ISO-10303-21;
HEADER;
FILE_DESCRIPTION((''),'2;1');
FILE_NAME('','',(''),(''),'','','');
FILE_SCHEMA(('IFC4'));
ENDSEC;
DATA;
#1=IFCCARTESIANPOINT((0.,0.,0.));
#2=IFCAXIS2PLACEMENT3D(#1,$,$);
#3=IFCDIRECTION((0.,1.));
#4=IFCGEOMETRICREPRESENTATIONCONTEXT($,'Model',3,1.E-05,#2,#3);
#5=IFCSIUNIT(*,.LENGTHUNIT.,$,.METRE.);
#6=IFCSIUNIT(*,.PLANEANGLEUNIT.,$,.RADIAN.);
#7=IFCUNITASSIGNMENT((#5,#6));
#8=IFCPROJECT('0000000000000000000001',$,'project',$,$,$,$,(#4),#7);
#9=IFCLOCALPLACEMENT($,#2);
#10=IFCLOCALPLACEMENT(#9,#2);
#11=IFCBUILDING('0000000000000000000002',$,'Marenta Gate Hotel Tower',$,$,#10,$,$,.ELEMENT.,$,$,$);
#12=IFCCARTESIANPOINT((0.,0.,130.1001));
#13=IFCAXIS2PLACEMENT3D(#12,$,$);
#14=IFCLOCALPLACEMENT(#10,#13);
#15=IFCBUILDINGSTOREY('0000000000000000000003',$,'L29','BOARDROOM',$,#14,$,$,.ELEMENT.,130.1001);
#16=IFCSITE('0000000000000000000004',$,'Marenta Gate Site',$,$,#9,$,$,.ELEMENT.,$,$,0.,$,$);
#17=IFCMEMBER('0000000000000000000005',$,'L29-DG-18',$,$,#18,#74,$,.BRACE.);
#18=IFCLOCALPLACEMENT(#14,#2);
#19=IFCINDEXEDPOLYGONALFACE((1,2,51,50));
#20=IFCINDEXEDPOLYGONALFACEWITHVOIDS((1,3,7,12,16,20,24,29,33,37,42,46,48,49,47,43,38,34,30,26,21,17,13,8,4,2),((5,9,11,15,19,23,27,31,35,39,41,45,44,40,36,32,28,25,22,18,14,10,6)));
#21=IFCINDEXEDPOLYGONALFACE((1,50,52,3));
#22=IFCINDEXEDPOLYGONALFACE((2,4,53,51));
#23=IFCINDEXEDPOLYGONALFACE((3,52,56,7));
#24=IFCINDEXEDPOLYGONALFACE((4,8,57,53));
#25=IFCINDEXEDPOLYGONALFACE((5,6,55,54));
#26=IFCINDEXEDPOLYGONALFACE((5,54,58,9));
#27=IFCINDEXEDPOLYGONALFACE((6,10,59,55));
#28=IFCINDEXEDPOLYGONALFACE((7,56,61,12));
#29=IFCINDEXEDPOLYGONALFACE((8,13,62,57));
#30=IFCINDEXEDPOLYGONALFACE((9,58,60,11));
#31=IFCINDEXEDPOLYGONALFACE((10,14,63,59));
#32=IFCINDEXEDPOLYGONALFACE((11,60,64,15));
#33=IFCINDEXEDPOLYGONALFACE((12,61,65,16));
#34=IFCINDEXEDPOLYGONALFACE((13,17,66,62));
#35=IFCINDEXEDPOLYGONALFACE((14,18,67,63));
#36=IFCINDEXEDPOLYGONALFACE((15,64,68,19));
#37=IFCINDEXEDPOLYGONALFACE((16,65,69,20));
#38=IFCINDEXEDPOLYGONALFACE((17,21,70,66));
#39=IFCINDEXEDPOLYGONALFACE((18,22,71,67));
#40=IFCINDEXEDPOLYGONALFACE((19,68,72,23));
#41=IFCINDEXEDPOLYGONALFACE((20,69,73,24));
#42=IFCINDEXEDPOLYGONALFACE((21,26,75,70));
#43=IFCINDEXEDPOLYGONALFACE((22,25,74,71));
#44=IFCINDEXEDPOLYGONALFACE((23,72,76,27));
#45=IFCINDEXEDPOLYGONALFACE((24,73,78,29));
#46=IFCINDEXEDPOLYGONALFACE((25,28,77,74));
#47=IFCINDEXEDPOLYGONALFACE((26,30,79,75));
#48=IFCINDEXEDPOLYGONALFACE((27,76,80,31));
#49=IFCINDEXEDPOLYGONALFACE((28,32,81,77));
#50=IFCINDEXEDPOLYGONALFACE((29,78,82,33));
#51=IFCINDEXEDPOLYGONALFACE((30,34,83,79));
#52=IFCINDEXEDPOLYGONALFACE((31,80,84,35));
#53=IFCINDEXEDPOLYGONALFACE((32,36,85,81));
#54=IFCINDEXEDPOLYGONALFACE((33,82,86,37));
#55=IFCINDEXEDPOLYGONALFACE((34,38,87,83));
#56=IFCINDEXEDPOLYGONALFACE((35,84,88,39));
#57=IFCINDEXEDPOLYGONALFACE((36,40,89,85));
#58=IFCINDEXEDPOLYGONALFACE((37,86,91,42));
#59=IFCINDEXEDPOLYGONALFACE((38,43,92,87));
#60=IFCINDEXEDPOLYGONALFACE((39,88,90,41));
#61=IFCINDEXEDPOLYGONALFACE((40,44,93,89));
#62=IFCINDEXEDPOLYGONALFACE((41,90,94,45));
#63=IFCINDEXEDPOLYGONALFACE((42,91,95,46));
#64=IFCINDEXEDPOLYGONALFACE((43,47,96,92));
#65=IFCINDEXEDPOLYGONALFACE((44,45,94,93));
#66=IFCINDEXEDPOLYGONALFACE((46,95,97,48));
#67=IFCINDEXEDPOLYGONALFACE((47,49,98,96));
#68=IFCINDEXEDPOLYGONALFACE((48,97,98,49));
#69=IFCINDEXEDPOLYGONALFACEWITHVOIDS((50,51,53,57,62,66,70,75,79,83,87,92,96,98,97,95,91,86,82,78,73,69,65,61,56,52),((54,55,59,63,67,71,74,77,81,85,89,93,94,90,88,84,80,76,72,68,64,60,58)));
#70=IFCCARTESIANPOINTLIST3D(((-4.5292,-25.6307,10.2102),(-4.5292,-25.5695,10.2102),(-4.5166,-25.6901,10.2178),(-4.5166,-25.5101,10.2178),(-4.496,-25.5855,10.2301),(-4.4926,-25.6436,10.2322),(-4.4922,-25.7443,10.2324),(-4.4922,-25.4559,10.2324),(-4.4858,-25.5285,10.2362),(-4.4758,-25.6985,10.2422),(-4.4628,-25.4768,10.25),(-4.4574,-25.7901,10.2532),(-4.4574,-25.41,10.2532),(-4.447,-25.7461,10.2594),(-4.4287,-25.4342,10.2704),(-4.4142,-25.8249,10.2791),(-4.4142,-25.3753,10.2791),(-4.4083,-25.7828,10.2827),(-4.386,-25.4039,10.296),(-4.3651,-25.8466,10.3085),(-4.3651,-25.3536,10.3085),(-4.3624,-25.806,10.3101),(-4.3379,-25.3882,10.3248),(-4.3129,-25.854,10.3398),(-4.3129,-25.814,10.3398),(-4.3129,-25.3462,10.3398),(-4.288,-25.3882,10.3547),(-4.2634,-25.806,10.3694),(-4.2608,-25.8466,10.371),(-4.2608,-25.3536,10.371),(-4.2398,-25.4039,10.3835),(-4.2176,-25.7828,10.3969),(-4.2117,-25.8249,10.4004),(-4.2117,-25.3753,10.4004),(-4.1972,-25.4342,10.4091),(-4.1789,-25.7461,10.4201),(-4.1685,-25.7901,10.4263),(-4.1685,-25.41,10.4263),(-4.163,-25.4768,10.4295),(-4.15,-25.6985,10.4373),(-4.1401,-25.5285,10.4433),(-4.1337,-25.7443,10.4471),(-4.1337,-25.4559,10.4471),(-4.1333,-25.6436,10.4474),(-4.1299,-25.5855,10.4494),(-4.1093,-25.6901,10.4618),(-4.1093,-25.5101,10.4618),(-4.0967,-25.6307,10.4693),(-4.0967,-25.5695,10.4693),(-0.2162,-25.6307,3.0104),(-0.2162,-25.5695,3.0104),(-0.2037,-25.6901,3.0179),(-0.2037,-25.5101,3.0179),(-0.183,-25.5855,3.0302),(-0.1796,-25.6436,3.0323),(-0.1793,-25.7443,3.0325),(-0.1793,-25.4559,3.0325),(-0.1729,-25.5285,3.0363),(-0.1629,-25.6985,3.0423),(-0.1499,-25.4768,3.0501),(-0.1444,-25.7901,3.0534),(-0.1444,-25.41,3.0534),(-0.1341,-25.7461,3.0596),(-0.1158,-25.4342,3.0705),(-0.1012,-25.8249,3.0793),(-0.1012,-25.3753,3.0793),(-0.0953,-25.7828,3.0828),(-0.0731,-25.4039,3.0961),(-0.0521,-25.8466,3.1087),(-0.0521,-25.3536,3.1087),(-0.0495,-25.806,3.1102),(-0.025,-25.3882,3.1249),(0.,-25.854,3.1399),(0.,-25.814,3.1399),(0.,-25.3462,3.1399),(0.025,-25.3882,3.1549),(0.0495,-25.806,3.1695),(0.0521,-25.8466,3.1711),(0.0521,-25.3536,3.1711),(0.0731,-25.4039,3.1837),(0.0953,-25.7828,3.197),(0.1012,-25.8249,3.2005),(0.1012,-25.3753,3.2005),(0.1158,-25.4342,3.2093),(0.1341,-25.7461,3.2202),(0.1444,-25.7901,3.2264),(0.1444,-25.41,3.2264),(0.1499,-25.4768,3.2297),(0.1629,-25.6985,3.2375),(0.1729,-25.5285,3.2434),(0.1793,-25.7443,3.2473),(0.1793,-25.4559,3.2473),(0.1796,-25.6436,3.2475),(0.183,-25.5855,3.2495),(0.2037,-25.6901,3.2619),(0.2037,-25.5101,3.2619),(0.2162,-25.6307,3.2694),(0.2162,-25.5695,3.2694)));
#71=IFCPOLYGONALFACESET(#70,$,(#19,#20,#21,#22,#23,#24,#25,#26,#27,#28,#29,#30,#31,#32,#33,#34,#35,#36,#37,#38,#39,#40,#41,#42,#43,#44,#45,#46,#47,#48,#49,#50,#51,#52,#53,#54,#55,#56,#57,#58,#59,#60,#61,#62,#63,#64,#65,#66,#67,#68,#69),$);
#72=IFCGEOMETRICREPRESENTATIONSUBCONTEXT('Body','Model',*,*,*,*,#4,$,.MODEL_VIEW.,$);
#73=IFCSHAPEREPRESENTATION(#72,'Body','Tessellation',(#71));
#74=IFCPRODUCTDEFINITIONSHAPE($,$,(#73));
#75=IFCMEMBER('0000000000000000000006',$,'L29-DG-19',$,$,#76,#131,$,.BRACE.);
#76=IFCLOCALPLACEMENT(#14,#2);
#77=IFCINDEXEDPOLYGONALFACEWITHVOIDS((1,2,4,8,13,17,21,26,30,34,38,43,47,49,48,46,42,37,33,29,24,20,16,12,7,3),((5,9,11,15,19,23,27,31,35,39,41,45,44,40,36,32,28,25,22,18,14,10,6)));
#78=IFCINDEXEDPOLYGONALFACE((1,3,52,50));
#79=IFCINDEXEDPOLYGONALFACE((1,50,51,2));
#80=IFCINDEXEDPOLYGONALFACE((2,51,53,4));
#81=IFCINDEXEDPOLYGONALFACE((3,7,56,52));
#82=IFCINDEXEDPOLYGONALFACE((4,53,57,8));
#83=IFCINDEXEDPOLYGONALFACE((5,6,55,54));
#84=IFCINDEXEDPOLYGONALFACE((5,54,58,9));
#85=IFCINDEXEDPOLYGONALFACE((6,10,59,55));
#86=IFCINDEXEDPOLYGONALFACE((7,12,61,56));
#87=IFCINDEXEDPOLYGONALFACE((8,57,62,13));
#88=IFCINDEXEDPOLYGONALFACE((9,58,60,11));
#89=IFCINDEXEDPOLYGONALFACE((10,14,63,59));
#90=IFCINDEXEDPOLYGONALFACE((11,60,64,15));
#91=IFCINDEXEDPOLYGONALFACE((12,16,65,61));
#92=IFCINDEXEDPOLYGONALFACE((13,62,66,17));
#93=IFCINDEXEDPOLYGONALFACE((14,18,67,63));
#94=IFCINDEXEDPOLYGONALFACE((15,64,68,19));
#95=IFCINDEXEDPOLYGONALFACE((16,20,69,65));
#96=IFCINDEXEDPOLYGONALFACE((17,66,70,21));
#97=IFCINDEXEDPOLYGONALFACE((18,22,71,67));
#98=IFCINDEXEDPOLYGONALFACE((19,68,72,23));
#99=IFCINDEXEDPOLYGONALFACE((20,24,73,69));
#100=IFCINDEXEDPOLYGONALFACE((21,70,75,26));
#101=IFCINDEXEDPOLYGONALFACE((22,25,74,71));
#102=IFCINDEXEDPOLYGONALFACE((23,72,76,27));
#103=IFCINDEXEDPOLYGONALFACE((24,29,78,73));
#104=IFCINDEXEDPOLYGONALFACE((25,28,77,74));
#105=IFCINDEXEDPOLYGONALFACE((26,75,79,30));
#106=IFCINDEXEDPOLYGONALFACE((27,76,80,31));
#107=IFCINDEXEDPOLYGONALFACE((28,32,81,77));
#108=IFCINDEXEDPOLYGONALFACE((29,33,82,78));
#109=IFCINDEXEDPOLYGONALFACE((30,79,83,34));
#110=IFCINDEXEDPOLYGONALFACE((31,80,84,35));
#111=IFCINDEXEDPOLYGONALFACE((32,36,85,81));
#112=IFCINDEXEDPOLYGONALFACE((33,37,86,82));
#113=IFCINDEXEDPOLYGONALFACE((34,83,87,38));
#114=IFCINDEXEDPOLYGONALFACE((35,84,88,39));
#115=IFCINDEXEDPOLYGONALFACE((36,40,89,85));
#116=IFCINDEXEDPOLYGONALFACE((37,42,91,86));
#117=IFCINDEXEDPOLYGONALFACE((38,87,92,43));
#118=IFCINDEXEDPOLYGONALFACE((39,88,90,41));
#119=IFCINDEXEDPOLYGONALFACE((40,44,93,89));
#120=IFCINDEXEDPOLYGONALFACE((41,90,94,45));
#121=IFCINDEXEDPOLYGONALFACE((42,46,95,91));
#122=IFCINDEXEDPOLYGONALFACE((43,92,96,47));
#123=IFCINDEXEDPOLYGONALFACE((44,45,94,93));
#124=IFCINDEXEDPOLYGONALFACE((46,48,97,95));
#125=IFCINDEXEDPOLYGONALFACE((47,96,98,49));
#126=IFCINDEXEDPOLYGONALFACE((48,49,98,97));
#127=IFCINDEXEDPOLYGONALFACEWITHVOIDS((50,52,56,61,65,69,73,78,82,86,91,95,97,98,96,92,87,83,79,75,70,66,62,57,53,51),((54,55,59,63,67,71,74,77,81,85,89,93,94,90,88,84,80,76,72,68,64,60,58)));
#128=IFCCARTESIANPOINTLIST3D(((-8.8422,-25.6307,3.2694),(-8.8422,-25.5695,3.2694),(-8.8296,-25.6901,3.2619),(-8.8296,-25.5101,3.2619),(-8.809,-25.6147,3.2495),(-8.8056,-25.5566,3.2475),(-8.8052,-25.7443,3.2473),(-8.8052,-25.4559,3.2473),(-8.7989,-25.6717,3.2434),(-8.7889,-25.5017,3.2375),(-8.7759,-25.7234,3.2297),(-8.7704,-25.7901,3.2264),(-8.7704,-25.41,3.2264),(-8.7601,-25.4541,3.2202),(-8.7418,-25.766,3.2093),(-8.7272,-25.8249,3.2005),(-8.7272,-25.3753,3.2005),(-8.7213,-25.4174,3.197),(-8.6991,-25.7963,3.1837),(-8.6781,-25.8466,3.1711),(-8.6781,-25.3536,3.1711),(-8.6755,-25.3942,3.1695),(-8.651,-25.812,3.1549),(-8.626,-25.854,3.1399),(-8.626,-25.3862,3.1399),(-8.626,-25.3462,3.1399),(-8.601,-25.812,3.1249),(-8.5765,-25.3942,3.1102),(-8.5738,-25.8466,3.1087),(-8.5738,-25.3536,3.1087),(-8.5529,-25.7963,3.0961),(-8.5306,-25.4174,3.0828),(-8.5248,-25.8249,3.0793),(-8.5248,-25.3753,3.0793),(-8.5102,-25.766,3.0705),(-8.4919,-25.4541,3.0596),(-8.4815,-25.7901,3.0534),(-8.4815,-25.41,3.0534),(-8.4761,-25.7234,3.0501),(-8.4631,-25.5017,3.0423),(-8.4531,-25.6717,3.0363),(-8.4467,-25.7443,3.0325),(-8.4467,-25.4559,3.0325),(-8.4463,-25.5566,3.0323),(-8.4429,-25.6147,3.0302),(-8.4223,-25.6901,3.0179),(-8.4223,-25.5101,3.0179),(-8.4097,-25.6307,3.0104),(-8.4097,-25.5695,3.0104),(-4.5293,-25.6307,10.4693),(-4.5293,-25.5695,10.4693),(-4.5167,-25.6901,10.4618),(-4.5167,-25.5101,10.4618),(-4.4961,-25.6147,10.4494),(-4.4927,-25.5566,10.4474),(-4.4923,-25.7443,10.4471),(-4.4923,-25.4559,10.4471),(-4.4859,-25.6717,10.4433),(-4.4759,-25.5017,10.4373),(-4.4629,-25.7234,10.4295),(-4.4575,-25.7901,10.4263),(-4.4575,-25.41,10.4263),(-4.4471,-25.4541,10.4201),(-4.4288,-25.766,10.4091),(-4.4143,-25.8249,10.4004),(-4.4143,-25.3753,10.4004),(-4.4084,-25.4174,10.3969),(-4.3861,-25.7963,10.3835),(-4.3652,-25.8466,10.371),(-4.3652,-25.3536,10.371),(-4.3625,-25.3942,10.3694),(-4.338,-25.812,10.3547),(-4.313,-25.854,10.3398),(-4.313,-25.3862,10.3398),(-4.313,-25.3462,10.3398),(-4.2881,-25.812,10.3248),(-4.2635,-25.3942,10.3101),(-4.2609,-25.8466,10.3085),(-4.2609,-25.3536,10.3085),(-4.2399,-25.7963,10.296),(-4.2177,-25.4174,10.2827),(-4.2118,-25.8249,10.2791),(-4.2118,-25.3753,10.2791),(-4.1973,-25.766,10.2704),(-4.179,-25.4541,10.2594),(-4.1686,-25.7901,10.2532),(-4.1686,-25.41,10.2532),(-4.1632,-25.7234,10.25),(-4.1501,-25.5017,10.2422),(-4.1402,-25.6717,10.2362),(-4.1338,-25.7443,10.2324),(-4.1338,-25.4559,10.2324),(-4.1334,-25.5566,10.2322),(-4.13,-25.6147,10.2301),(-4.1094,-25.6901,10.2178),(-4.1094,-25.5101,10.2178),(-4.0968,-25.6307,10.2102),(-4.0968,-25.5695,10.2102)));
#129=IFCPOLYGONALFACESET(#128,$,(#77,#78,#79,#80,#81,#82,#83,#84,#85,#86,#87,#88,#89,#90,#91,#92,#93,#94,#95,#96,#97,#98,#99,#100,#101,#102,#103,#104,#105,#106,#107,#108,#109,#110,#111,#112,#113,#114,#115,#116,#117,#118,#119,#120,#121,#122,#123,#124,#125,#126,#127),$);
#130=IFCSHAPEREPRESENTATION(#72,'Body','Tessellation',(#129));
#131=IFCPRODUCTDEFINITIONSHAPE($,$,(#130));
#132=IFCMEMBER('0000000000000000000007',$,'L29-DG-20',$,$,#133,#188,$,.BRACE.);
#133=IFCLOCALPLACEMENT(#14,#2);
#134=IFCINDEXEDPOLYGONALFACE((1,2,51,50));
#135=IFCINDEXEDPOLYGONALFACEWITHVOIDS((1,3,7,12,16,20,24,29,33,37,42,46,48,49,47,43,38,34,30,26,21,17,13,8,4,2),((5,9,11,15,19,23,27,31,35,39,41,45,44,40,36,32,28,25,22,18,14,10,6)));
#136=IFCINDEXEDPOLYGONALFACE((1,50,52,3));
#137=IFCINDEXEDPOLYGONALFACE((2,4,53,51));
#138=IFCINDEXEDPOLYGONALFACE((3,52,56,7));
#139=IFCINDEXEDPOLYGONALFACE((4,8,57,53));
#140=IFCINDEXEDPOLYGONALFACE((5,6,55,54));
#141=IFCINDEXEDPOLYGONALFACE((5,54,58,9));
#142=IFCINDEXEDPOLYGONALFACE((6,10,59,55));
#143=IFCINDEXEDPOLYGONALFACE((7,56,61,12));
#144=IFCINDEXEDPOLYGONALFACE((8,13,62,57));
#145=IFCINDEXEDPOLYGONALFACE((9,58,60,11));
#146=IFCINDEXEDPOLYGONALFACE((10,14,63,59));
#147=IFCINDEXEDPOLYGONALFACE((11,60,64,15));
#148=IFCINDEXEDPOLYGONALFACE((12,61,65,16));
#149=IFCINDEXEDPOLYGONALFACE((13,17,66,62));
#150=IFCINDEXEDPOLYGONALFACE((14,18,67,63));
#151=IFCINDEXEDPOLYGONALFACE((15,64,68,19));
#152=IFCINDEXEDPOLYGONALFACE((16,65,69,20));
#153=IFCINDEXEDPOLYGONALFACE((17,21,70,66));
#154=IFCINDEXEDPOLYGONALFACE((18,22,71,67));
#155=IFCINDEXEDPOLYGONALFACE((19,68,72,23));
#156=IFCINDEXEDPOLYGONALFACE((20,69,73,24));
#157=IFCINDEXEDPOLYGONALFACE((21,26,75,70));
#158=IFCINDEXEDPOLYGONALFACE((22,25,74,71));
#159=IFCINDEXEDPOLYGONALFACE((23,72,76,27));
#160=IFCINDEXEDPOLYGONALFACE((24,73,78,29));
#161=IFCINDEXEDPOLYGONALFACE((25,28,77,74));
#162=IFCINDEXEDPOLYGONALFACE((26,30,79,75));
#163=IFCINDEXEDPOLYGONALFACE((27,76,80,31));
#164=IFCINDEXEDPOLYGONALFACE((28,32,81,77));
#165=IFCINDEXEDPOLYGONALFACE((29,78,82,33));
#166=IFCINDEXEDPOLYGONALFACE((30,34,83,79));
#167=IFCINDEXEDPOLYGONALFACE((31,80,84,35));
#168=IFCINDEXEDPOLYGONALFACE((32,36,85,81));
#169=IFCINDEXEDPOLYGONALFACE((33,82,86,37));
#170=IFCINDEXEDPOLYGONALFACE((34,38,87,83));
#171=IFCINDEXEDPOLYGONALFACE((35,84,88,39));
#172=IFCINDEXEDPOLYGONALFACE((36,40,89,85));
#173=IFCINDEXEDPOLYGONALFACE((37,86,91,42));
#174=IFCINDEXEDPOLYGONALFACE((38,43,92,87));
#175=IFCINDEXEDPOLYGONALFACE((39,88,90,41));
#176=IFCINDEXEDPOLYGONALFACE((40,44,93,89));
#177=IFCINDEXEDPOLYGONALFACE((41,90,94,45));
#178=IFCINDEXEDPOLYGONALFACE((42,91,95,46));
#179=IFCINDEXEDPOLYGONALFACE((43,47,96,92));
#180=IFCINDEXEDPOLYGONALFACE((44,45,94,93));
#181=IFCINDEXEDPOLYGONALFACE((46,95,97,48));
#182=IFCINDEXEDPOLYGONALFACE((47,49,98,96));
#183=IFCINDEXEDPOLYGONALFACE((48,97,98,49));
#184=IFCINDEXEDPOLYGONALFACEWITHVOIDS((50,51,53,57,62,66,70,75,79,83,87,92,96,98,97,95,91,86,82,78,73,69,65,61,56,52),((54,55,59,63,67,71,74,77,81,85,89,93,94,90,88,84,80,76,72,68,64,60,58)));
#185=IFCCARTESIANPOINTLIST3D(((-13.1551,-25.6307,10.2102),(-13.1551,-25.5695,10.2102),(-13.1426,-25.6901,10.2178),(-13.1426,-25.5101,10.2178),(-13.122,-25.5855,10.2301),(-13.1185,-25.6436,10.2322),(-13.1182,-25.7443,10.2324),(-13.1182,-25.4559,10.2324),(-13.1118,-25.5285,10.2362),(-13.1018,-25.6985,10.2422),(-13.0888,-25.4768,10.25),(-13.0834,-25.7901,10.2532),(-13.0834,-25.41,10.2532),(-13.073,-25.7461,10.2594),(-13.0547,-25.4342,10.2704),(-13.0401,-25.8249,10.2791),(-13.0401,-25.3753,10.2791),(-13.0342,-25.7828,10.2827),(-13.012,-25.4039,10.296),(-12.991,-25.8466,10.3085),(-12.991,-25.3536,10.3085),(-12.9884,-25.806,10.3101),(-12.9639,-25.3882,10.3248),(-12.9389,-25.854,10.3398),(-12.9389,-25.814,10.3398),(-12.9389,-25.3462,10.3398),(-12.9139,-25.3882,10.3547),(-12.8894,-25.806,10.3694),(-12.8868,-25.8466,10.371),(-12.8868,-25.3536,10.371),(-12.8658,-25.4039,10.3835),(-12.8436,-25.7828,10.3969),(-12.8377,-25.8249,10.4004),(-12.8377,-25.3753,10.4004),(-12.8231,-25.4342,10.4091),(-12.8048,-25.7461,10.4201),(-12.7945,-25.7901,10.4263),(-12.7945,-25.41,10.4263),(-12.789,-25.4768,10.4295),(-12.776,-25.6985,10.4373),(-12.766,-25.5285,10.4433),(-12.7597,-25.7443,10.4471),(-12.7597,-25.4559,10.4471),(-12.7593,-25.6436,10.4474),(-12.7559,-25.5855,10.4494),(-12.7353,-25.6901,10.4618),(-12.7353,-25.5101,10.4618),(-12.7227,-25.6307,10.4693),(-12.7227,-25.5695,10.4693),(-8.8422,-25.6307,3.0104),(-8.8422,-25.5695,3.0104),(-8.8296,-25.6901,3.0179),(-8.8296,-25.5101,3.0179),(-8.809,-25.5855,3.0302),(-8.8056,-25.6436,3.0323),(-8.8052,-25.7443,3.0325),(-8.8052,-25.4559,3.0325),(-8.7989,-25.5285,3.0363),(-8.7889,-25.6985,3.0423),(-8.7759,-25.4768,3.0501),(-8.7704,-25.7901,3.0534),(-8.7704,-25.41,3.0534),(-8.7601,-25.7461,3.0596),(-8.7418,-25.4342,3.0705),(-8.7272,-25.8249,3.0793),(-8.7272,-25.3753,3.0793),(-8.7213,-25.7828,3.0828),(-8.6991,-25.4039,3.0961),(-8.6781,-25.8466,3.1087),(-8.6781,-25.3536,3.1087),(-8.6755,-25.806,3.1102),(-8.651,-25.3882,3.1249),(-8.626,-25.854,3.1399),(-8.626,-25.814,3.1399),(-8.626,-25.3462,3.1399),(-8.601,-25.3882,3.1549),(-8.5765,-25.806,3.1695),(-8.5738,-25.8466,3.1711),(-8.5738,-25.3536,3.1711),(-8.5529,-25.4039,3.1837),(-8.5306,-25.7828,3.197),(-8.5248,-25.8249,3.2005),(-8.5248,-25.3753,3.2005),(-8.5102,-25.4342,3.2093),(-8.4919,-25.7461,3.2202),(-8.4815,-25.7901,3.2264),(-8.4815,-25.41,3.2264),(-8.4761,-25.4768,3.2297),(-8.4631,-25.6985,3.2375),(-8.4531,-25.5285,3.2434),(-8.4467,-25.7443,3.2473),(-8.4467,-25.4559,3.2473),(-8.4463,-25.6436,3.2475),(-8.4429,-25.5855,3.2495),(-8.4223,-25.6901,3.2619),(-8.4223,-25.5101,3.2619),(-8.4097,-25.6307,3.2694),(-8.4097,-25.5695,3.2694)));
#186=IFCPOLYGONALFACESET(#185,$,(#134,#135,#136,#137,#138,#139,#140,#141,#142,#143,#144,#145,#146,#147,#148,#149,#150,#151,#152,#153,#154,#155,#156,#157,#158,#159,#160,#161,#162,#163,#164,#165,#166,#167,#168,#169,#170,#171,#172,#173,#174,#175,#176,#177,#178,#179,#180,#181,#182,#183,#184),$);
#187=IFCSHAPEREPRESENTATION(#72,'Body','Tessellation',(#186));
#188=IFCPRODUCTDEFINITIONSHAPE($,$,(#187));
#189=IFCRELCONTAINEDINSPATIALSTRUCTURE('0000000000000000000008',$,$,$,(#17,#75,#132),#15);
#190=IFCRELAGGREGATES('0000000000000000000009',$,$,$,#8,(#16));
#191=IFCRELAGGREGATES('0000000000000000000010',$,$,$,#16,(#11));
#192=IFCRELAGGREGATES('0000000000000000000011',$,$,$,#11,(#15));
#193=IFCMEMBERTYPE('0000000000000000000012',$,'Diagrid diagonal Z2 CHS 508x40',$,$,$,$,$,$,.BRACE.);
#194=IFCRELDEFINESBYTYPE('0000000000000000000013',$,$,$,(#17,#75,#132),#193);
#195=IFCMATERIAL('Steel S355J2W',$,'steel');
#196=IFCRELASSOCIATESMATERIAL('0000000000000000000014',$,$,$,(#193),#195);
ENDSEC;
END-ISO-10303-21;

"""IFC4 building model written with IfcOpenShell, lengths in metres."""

from ifc_helpers import new_model, si_unit, direction, frame, origin, origin_2d, place, context, subcontext, project, spatial, hollow_circle, extrude, material, material_profile, profile_set, type_object, element, save


model = new_model("IFC4")

# Units and contexts
model_context = context("Model", 3, precision=1e-05, world=origin(), true_north=direction((0.0, 1.0)))
body_context = subcontext(model_context, "Body", "Model", "MODEL_VIEW")
ifc_project = project(units=[si_unit("LENGTHUNIT", "METRE"), si_unit("PLANEANGLEUNIT", "RADIAN")], contexts=[model_context])

# Site, building, storey
site_placement = place(None, origin())
site = spatial("IfcSite", under=ifc_project, at=site_placement, Name="Marenta Gate Site", CompositionType="ELEMENT", RefElevation=0.0)
building_placement = place(site_placement, origin())
building = spatial("IfcBuilding", under=site, at=building_placement, Name="Marenta Gate Hotel Tower", CompositionType="ELEMENT")
storey_placement = place(building_placement, frame((0.0, 0.0, 130.1001)))
storey = spatial("IfcBuildingStorey", under=building, at=storey_placement, Name="L29", Description="BOARDROOM", CompositionType="ELEMENT", Elevation=130.1001)

# Members
ifc_material_1 = material(Name="Steel S355J2W", Category="steel")
ifc_material_profile_1 = material_profile(ifc_material_1, hollow_circle(Radius=0.2539, WallThickness=0.04, at=origin_2d()), Name="CHS 508x40")
ifc_profile_set_1 = profile_set([ifc_material_profile_1], Name="Steel S355J2W")
member_type_1 = type_object("IfcMemberType", Name="Diagrid diagonal Z2 CHS 508x40", PredefinedType="BRACE", material=ifc_profile_set_1)
for number, where, z_axis, x_axis, name in (
    (1, (0.0, -25.6001, 3.1399), (-0.513884, 0.0, 0.85786), (0.0, -1.0, 0.0), "L29-DG-18"),
    (2, (-8.626, -25.6001, 3.1399), (0.513884, 0.0, 0.85786), (0.0, 1.0, 0.0), "L29-DG-19"),
    (3, (-8.626, -25.6001, 3.1399), (-0.513884, 0.0, 0.85786), (0.0, -1.0, 0.0), "L29-DG-20"),
):
    element("IfcMember", number, at=place(storey_placement, frame(where, z_axis=z_axis, x_axis=x_axis)), inside=storey, type_object=member_type_1, Name=name, PredefinedType="BRACE", context=body_context, shape_type="SweptSolid", body=[
        extrude(hollow_circle(Radius=0.2539, WallThickness=0.04, at=origin_2d()), origin(), (0.0, 0.0, 1.0), 8.3928),
    ])

save(model, "model.ifc")
